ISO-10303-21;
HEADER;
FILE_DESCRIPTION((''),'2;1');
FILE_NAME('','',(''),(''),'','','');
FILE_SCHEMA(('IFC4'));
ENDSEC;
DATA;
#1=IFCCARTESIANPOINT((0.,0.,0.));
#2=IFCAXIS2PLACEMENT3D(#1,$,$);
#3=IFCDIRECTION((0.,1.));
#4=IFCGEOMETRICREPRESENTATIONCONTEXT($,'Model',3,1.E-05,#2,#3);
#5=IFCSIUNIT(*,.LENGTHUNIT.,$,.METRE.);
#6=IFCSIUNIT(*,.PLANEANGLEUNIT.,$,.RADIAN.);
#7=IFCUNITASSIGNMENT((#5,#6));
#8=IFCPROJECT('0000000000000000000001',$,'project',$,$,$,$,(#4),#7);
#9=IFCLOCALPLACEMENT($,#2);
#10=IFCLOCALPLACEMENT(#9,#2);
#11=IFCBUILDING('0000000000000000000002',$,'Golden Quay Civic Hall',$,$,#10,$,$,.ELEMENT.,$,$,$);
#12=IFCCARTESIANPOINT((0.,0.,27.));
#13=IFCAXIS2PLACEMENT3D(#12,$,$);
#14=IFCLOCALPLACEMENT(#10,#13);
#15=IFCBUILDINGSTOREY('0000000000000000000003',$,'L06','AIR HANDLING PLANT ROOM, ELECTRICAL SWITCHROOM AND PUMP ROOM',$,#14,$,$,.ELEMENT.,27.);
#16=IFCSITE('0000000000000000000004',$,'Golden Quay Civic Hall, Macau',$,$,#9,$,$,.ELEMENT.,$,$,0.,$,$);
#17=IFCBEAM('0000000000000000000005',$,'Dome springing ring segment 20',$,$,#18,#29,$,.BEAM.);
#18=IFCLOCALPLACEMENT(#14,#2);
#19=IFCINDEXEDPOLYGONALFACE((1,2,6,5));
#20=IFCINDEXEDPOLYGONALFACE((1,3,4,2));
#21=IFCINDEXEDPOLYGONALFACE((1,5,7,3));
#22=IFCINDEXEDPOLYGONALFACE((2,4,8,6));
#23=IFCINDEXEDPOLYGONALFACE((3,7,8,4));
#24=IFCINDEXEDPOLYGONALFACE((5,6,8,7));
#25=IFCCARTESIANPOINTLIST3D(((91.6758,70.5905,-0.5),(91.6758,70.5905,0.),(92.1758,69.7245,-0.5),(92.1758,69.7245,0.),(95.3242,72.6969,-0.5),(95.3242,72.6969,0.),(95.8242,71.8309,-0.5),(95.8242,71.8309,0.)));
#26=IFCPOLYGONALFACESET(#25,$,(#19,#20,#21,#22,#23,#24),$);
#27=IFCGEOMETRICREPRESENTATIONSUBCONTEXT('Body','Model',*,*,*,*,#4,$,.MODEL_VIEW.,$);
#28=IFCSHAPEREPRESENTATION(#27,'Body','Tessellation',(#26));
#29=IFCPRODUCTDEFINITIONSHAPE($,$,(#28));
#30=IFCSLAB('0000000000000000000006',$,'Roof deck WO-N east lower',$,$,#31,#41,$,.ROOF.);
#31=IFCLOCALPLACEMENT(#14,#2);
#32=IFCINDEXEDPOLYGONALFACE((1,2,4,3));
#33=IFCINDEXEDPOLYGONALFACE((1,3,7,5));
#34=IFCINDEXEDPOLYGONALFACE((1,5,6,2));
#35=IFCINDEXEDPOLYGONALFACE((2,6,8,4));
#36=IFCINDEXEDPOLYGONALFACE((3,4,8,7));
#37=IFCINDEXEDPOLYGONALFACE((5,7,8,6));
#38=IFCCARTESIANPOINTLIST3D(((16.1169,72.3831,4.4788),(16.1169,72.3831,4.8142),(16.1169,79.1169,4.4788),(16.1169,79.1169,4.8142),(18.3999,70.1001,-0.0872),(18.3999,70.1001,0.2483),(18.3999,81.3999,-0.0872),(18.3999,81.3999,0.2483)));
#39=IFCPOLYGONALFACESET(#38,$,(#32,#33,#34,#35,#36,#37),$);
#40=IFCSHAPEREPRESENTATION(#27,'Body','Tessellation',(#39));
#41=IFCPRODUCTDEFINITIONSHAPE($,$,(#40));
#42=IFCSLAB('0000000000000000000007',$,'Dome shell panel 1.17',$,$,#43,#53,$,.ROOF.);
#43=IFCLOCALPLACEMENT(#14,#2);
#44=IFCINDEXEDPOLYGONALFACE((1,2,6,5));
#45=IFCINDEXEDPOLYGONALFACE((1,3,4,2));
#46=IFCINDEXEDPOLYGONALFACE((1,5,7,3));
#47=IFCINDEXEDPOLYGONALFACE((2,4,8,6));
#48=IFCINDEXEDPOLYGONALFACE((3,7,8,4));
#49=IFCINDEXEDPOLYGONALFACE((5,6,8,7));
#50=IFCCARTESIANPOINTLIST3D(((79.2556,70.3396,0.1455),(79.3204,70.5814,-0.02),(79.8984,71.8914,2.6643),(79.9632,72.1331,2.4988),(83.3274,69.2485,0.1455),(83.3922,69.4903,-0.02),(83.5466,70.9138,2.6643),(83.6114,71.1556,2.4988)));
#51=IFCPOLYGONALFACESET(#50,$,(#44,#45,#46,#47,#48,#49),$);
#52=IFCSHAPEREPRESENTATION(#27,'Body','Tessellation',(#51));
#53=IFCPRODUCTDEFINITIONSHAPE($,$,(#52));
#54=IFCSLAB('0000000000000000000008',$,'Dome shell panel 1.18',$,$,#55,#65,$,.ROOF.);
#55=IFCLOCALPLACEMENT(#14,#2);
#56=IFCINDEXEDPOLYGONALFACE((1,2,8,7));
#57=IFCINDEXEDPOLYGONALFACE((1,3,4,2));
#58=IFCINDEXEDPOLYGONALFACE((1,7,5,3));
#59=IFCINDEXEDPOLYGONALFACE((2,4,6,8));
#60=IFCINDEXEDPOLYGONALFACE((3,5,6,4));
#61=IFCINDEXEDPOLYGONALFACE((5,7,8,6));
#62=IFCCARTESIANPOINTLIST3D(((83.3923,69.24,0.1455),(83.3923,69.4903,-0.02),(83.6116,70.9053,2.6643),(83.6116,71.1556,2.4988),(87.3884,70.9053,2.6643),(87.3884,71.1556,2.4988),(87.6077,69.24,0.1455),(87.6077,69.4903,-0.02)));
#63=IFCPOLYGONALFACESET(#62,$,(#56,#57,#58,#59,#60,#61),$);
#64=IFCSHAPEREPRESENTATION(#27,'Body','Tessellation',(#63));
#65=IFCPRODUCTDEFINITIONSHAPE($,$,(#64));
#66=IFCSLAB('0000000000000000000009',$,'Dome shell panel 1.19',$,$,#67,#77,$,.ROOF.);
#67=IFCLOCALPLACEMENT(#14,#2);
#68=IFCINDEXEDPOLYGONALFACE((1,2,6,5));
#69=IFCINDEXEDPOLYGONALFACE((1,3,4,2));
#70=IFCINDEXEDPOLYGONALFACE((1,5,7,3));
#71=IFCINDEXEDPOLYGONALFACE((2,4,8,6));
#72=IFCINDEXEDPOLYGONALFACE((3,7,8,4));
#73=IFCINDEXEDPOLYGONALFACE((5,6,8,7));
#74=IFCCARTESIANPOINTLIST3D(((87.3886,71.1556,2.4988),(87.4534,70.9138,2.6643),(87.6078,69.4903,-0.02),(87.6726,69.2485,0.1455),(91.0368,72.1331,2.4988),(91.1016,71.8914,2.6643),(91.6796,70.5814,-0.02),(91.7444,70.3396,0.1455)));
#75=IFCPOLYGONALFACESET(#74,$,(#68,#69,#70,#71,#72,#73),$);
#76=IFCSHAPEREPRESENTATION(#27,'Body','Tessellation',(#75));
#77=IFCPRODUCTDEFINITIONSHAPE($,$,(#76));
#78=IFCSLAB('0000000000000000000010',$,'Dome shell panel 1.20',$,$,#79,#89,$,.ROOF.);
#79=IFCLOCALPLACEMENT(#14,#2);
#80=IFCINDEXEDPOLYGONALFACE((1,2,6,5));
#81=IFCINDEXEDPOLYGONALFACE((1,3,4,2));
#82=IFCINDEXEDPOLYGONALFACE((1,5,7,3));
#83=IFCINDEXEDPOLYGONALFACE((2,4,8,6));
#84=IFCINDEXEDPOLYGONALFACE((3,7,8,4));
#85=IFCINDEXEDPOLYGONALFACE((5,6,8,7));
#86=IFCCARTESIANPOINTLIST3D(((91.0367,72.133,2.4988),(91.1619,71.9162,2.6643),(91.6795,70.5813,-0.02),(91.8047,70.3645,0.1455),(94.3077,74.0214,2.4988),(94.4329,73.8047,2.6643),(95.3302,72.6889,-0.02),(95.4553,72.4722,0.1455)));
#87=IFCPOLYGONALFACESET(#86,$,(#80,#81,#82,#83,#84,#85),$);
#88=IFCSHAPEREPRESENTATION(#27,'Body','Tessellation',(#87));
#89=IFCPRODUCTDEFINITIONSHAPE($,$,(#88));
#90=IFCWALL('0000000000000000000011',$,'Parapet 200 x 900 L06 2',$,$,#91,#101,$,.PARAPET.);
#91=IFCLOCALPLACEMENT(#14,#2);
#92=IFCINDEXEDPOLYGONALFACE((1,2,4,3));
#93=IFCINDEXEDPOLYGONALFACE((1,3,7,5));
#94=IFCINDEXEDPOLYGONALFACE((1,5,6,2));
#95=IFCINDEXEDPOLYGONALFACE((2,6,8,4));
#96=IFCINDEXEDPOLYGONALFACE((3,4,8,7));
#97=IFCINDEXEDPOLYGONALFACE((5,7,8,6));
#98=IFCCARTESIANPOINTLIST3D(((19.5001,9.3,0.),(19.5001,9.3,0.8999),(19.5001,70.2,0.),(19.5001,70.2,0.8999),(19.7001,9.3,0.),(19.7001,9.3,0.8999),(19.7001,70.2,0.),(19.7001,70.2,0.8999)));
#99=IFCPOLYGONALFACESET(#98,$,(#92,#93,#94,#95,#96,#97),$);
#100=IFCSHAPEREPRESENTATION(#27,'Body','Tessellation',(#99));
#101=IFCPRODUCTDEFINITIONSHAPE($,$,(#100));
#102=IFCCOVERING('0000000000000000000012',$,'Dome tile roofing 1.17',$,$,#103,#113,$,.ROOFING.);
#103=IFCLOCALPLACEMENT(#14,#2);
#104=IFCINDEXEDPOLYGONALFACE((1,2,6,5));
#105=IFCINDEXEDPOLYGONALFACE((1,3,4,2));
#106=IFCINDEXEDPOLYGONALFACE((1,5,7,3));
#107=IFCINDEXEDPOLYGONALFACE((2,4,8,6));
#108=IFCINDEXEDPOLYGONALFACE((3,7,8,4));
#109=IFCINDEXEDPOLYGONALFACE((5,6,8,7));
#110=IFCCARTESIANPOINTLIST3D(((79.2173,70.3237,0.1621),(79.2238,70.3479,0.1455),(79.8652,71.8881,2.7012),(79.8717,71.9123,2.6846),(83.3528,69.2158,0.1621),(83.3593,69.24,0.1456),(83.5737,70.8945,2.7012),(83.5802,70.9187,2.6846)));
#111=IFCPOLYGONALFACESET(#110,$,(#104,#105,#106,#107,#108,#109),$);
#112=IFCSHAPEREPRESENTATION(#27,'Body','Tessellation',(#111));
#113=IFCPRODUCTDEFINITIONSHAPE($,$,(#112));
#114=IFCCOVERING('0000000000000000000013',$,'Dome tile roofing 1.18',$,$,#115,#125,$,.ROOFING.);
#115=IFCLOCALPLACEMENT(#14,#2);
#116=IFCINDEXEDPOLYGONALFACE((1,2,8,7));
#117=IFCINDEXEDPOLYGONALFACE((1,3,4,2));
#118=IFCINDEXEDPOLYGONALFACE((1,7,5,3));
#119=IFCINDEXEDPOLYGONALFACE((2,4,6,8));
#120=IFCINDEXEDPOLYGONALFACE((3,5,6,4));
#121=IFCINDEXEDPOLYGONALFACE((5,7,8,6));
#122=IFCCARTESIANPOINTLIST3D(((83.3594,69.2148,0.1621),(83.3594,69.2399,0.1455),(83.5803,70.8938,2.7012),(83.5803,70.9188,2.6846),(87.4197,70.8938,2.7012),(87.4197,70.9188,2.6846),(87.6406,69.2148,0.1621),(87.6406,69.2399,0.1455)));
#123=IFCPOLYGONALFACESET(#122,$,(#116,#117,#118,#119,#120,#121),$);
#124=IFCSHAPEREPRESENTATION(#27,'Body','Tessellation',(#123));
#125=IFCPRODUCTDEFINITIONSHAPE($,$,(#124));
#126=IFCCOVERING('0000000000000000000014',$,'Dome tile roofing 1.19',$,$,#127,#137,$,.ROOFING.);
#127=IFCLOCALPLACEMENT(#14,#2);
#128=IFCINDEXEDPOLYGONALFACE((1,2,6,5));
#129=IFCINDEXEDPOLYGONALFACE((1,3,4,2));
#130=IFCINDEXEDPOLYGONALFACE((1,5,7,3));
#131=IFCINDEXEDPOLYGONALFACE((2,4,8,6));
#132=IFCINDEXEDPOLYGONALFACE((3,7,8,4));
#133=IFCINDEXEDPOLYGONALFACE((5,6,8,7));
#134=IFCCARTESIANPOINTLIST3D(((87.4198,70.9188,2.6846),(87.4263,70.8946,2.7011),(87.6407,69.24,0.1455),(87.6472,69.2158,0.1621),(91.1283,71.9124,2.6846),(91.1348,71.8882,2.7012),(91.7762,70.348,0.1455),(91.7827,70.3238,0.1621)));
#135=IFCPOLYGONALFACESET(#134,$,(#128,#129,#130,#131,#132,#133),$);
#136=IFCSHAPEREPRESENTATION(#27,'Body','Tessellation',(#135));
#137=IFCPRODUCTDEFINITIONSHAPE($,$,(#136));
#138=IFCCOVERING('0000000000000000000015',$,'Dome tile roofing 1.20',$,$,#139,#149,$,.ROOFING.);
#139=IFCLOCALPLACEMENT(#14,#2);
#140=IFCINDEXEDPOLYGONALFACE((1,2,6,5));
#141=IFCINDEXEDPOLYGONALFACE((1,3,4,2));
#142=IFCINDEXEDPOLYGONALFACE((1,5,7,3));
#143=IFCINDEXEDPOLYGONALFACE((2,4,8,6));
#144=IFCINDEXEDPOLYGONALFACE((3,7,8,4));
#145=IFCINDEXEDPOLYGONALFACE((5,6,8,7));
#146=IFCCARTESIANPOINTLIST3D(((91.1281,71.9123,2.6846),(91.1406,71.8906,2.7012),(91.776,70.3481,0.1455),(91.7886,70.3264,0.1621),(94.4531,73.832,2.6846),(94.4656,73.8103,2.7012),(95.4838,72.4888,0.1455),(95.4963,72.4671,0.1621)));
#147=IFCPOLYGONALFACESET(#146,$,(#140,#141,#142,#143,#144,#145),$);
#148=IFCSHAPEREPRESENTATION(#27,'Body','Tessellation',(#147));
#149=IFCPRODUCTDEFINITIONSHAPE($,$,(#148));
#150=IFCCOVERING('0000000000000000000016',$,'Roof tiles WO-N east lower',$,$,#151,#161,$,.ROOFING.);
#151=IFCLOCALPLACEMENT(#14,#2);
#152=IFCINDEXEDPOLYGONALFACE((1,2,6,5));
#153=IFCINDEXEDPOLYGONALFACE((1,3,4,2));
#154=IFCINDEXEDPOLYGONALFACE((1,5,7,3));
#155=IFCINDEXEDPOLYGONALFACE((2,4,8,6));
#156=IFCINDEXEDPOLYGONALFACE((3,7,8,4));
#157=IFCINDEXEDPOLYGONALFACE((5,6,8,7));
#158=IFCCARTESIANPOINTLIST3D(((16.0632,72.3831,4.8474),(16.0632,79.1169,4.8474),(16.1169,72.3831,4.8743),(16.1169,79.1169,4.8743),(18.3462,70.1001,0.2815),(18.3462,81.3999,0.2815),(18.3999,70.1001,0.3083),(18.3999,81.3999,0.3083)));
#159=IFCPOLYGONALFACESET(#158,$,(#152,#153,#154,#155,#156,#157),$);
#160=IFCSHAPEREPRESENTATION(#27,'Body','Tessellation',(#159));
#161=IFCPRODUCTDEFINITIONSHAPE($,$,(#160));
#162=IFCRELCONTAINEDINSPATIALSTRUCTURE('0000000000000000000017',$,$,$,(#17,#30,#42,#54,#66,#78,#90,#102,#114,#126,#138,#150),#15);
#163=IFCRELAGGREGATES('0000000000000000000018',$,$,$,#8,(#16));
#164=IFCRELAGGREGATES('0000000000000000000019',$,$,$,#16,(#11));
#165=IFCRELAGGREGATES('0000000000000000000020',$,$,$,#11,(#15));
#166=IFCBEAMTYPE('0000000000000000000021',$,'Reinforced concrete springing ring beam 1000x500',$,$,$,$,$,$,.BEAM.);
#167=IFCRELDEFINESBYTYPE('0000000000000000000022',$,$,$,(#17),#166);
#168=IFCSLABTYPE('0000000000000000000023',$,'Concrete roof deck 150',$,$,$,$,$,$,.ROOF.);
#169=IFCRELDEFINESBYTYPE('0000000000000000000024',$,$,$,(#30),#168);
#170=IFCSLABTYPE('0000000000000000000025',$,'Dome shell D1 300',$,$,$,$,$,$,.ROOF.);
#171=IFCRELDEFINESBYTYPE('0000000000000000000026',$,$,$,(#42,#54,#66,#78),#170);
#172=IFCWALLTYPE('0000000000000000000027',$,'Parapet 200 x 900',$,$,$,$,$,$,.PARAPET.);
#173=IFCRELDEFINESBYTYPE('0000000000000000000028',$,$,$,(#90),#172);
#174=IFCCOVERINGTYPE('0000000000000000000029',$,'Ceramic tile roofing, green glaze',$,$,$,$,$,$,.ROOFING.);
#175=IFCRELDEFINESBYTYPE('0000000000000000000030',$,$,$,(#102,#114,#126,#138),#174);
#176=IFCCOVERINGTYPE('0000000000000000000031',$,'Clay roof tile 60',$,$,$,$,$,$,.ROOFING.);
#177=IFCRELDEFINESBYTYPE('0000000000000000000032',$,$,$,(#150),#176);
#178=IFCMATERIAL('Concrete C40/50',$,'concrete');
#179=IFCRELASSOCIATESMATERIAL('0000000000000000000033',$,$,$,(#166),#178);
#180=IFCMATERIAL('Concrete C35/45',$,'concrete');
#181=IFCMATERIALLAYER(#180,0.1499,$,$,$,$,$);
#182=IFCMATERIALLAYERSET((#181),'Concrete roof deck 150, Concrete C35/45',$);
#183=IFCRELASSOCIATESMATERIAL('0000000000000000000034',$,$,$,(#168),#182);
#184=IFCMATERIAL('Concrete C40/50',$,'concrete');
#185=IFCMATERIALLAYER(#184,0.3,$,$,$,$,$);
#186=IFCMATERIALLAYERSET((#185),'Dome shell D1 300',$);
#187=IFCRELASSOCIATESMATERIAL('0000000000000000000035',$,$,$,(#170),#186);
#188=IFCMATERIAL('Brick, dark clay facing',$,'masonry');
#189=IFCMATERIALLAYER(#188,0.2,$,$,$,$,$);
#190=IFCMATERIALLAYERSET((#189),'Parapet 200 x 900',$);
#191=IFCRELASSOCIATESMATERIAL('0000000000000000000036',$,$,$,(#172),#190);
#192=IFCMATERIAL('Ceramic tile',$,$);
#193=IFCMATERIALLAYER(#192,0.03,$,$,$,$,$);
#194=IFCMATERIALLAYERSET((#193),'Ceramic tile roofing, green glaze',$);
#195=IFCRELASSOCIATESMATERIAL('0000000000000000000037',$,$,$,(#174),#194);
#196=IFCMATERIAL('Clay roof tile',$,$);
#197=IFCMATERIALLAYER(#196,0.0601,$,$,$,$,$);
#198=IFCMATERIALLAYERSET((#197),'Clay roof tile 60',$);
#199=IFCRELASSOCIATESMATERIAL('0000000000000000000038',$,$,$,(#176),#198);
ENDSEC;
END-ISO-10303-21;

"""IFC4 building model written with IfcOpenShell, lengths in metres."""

from ifc_helpers import new_model, si_unit, direction, frame, frame_2d, origin, origin_2d, place, context, subcontext, project, spatial, polyline, rectangle, outline, extrude, material, layer, layer_set, material_profile, profile_set, type_object, element, save


model = new_model("IFC4")

# Units and contexts
model_context = context("Model", 3, precision=1e-05, world=origin(), true_north=direction((0.0, 1.0)))
body_context = subcontext(model_context, "Body", "Model", "MODEL_VIEW")
ifc_project = project(units=[si_unit("LENGTHUNIT", "METRE"), si_unit("PLANEANGLEUNIT", "RADIAN")], contexts=[model_context])

# Site, building, storey
site_placement = place(None, origin())
site = spatial("IfcSite", under=ifc_project, at=site_placement, Name="Golden Quay Civic Hall, Macau", CompositionType="ELEMENT", RefElevation=0.0)
building_placement = place(site_placement, origin())
building = spatial("IfcBuilding", under=site, at=building_placement, Name="Golden Quay Civic Hall", CompositionType="ELEMENT")
storey_placement = place(building_placement, frame((0.0, 0.0, 27.0)))
storey = spatial("IfcBuildingStorey", under=building, at=storey_placement, Name="L06", Description="AIR HANDLING PLANT ROOM, ELECTRICAL SWITCHROOM AND PUMP ROOM", CompositionType="ELEMENT", Elevation=27.0)

# Beam
ifc_material_1 = material(Name="Concrete C40/50", Category="concrete")
ifc_material_profile_1 = material_profile(ifc_material_1, rectangle(XDim=1.0, YDim=0.5, at=origin_2d()), Name="RC 1000x500")
ifc_profile_set_1 = profile_set([ifc_material_profile_1], Name="Concrete C40/50")
beam_type_1 = type_object("IfcBeamType", Name="Reinforced concrete springing ring beam 1000x500", PredefinedType="BEAM", material=ifc_profile_set_1)
for number, where, z_axis, x_axis, name in (
    (1, (91.9258, 70.1575, -0.25), (0.866023, 0.500003, 0.0), (-0.500003, 0.866023, 0.0), "Dome springing ring segment 20"),
):
    element("IfcBeam", number, at=place(storey_placement, frame(where, z_axis=z_axis, x_axis=x_axis)), inside=storey, type_object=beam_type_1, Name=name, PredefinedType="BEAM", context=body_context, shape_type="SweptSolid", body=[
        extrude(rectangle(XDim=1.0, YDim=0.5, at=origin_2d()), origin(), (0.0, 0.0, 1.0), 4.2129),
    ])

# Slabs
ifc_material_2 = material(Name="Concrete C35/45", Category="concrete")
ifc_layer_1 = layer(ifc_material_2, 0.1499)
ifc_layer_set_1 = layer_set([ifc_layer_1], Name="Concrete roof deck 150, Concrete C35/45")
slab_type_1 = type_object("IfcSlabType", Name="Concrete roof deck 150", PredefinedType="ROOF", material=ifc_layer_set_1)
slab_1_placement = place(storey_placement, frame((18.3999, 70.1001, 0.2483), z_axis=(0.894427, 0.0, 0.447214), x_axis=(0.0, 1.0, 0.0)))
element("IfcSlab", 2, at=slab_1_placement, inside=storey, type_object=slab_type_1, Name="Roof deck WO-N east lower", PredefinedType="ROOF", context=body_context, shape_type="SweptSolid", body=[
    extrude(outline(polyline([(0.0, 0.0), (11.2998, 0.0), (9.0168, 5.1049), (2.283, 5.1049), (0.0, 0.0)])), origin(), (0.0, -0.894427, -0.447214), 0.3354),
])
ifc_material_3 = material(Name="Concrete C40/50", Category="concrete")
ifc_layer_2 = layer(ifc_material_3, 0.3)
ifc_layer_set_2 = layer_set([ifc_layer_2], Name="Dome shell D1 300")
slab_type_2 = type_object("IfcSlabType", Name="Dome shell D1 300", PredefinedType="ROOF", material=ifc_layer_set_2)
slab_2_placement = place(storey_placement, frame((79.2556, 70.3396, 0.1455), z_axis=(-0.215904, -0.805748, 0.551503), x_axis=(0.965924, -0.258825, -0.000001)))
element("IfcSlab", 3, at=slab_2_placement, inside=storey, type_object=slab_type_2, Name="Dome shell panel 1.17", PredefinedType="ROOF", context=body_context, shape_type="SweptSolid", body=[
    extrude(outline(polyline([(0.0, 0.0), (4.2154, 0.0), (3.9962, 3.0195), (0.2193, 3.0195), (0.0, 0.0)])), origin(), (0.0, 0.0, -1.0), 0.3),
])
slab_3_placement = place(storey_placement, frame((83.3923, 69.24, 0.1455), z_axis=(0.0, -0.834171, 0.551505), x_axis=(1.0, 0.0, 0.0)))
element("IfcSlab", 4, at=slab_3_placement, inside=storey, type_object=slab_type_2, Name="Dome shell panel 1.18", PredefinedType="ROOF", context=body_context, shape_type="SweptSolid", body=[
    extrude(outline(polyline([(0.0, 0.0), (4.2153, 0.0), (3.9961, 3.0195), (0.2192, 3.0195), (0.0, 0.0)])), origin(), (0.0, 0.0, -1.0), 0.3),
])
slab_4_placement = place(storey_placement, frame((87.6726, 69.2485, 0.1455), z_axis=(0.215904, -0.805748, 0.551503), x_axis=(0.965924, 0.258825, 0.000001)))
element("IfcSlab", 5, at=slab_4_placement, inside=storey, type_object=slab_type_2, Name="Dome shell panel 1.19", PredefinedType="ROOF", context=body_context, shape_type="SweptSolid", body=[
    extrude(outline(polyline([(0.0, 0.0), (4.2154, 0.0), (3.9961, 3.0195), (0.2193, 3.0195), (0.0, 0.0)])), origin(), (0.0, 0.0, -1.0), 0.3),
])
slab_5_placement = place(storey_placement, frame((91.8047, 70.3645, 0.1455), z_axis=(0.417079, -0.722423, 0.551498), x_axis=(0.866031, 0.499991, 0.000003)))
element("IfcSlab", 6, at=slab_5_placement, inside=storey, type_object=slab_type_2, Name="Dome shell panel 1.20", PredefinedType="ROOF", context=body_context, shape_type="SweptSolid", body=[
    extrude(outline(polyline([(0.0, 0.0), (4.2154, 0.0), (3.9961, 3.0195), (0.2192, 3.0195), (0.0, 0.0)])), origin(), (0.0, 0.0, -1.0), 0.3),
])

# Wall
ifc_material_4 = material(Name="Brick, dark clay facing", Category="masonry")
ifc_layer_3 = layer(ifc_material_4, 0.2)
ifc_layer_set_3 = layer_set([ifc_layer_3], Name="Parapet 200 x 900")
wall_type = type_object("IfcWallType", Name="Parapet 200 x 900", PredefinedType="PARAPET", material=ifc_layer_set_3)
wall_placement = place(storey_placement, frame((19.6001, 70.2, 0.0), z_axis=(0.0, 0.0, 1.0), x_axis=(0.0, -1.0, 0.0)))
element("IfcWall", 7, at=wall_placement, inside=storey, type_object=wall_type, Name="Parapet 200 x 900 L06 2", PredefinedType="PARAPET", context=body_context, shape_type="SweptSolid", body=[
    extrude(rectangle(XDim=60.8999, YDim=0.2, at=frame_2d((30.45, 0.0))), origin(), (0.0, 0.0, 1.0), 0.8999),
])

# Coverings
ifc_material_5 = material(Name="Ceramic tile")
ifc_layer_4 = layer(ifc_material_5, 0.03)
ifc_layer_set_4 = layer_set([ifc_layer_4], Name="Ceramic tile roofing, green glaze")
covering_type_1 = type_object("IfcCoveringType", Name="Ceramic tile roofing, green glaze", PredefinedType="ROOFING", material=ifc_layer_set_4)
covering_1_placement = place(storey_placement, frame((79.2173, 70.3237, 0.1621), z_axis=(-0.215874, -0.80574, 0.551526), x_axis=(0.965934, -0.258788, 0.000008)))
element("IfcCovering", 8, at=covering_1_placement, inside=storey, type_object=covering_type_1, Name="Dome tile roofing 1.17", PredefinedType="ROOFING", context=body_context, shape_type="SweptSolid", body=[
    extrude(outline(polyline([(0.0, 0.0), (4.2813, 0.0), (4.0603, 3.0438), (0.221, 3.0439), (0.0, 0.0)])), origin(), (0.0, 0.0, -1.0), 0.03),
])
covering_2_placement = place(storey_placement, frame((83.3594, 69.2148, 0.1621), z_axis=(0.0, -0.83413, 0.551568), x_axis=(1.0, 0.0, 0.0)))
element("IfcCovering", 9, at=covering_2_placement, inside=storey, type_object=covering_type_1, Name="Dome tile roofing 1.18", PredefinedType="ROOFING", context=body_context, shape_type="SweptSolid", body=[
    extrude(outline(polyline([(0.0, 0.0), (4.2812, 0.0), (4.0603, 3.044), (0.2209, 3.044), (0.0, 0.0)])), origin(), (0.0, 0.0, -1.0), 0.03),
])
covering_3_placement = place(storey_placement, frame((87.6472, 69.2158, 0.1621), z_axis=(0.215874, -0.80574, 0.551526), x_axis=(0.965934, 0.258788, -0.000008)))
element("IfcCovering", 10, at=covering_3_placement, inside=storey, type_object=covering_type_1, Name="Dome tile roofing 1.19", PredefinedType="ROOFING", context=body_context, shape_type="SweptSolid", body=[
    extrude(outline(polyline([(0.0, 0.0), (4.2813, 0.0), (4.0603, 3.0439), (0.221, 3.0438), (0.0, 0.0)])), origin(), (0.0, 0.0, -1.0), 0.03),
])
covering_4_placement = place(storey_placement, frame((91.7886, 70.3264, 0.1621), z_axis=(0.417085, -0.722419, 0.551498), x_axis=(0.866028, 0.499995, -0.000003)))
element("IfcCovering", 11, at=covering_4_placement, inside=storey, type_object=covering_type_1, Name="Dome tile roofing 1.20", PredefinedType="ROOFING", context=body_context, shape_type="SweptSolid", body=[
    extrude(outline(polyline([(0.0, 0.0), (4.2813, 0.0), (4.0603, 3.0438), (0.2209, 3.0438), (0.0, 0.0)])), origin(), (0.0, 0.0, -1.0), 0.03),
])
ifc_material_6 = material(Name="Clay roof tile")
ifc_layer_5 = layer(ifc_material_6, 0.0601)
ifc_layer_set_5 = layer_set([ifc_layer_5], Name="Clay roof tile 60")
covering_type_2 = type_object("IfcCoveringType", Name="Clay roof tile 60", PredefinedType="ROOFING", material=ifc_layer_set_5)
covering_5_placement = place(storey_placement, frame((18.3999, 70.1001, 0.3083), z_axis=(0.894427, 0.0, 0.447214), x_axis=(0.0, 1.0, 0.0)))
element("IfcCovering", 12, at=covering_5_placement, inside=storey, type_object=covering_type_2, Name="Roof tiles WO-N east lower", PredefinedType="ROOFING", context=body_context, shape_type="SweptSolid", body=[
    extrude(outline(polyline([(0.0, 0.0), (11.2998, 0.0), (9.0168, 5.1049), (2.283, 5.1049), (0.0, 0.0)])), origin(), (0.0, 0.0, -1.0), 0.0601),
])

save(model, "model.ifc")
